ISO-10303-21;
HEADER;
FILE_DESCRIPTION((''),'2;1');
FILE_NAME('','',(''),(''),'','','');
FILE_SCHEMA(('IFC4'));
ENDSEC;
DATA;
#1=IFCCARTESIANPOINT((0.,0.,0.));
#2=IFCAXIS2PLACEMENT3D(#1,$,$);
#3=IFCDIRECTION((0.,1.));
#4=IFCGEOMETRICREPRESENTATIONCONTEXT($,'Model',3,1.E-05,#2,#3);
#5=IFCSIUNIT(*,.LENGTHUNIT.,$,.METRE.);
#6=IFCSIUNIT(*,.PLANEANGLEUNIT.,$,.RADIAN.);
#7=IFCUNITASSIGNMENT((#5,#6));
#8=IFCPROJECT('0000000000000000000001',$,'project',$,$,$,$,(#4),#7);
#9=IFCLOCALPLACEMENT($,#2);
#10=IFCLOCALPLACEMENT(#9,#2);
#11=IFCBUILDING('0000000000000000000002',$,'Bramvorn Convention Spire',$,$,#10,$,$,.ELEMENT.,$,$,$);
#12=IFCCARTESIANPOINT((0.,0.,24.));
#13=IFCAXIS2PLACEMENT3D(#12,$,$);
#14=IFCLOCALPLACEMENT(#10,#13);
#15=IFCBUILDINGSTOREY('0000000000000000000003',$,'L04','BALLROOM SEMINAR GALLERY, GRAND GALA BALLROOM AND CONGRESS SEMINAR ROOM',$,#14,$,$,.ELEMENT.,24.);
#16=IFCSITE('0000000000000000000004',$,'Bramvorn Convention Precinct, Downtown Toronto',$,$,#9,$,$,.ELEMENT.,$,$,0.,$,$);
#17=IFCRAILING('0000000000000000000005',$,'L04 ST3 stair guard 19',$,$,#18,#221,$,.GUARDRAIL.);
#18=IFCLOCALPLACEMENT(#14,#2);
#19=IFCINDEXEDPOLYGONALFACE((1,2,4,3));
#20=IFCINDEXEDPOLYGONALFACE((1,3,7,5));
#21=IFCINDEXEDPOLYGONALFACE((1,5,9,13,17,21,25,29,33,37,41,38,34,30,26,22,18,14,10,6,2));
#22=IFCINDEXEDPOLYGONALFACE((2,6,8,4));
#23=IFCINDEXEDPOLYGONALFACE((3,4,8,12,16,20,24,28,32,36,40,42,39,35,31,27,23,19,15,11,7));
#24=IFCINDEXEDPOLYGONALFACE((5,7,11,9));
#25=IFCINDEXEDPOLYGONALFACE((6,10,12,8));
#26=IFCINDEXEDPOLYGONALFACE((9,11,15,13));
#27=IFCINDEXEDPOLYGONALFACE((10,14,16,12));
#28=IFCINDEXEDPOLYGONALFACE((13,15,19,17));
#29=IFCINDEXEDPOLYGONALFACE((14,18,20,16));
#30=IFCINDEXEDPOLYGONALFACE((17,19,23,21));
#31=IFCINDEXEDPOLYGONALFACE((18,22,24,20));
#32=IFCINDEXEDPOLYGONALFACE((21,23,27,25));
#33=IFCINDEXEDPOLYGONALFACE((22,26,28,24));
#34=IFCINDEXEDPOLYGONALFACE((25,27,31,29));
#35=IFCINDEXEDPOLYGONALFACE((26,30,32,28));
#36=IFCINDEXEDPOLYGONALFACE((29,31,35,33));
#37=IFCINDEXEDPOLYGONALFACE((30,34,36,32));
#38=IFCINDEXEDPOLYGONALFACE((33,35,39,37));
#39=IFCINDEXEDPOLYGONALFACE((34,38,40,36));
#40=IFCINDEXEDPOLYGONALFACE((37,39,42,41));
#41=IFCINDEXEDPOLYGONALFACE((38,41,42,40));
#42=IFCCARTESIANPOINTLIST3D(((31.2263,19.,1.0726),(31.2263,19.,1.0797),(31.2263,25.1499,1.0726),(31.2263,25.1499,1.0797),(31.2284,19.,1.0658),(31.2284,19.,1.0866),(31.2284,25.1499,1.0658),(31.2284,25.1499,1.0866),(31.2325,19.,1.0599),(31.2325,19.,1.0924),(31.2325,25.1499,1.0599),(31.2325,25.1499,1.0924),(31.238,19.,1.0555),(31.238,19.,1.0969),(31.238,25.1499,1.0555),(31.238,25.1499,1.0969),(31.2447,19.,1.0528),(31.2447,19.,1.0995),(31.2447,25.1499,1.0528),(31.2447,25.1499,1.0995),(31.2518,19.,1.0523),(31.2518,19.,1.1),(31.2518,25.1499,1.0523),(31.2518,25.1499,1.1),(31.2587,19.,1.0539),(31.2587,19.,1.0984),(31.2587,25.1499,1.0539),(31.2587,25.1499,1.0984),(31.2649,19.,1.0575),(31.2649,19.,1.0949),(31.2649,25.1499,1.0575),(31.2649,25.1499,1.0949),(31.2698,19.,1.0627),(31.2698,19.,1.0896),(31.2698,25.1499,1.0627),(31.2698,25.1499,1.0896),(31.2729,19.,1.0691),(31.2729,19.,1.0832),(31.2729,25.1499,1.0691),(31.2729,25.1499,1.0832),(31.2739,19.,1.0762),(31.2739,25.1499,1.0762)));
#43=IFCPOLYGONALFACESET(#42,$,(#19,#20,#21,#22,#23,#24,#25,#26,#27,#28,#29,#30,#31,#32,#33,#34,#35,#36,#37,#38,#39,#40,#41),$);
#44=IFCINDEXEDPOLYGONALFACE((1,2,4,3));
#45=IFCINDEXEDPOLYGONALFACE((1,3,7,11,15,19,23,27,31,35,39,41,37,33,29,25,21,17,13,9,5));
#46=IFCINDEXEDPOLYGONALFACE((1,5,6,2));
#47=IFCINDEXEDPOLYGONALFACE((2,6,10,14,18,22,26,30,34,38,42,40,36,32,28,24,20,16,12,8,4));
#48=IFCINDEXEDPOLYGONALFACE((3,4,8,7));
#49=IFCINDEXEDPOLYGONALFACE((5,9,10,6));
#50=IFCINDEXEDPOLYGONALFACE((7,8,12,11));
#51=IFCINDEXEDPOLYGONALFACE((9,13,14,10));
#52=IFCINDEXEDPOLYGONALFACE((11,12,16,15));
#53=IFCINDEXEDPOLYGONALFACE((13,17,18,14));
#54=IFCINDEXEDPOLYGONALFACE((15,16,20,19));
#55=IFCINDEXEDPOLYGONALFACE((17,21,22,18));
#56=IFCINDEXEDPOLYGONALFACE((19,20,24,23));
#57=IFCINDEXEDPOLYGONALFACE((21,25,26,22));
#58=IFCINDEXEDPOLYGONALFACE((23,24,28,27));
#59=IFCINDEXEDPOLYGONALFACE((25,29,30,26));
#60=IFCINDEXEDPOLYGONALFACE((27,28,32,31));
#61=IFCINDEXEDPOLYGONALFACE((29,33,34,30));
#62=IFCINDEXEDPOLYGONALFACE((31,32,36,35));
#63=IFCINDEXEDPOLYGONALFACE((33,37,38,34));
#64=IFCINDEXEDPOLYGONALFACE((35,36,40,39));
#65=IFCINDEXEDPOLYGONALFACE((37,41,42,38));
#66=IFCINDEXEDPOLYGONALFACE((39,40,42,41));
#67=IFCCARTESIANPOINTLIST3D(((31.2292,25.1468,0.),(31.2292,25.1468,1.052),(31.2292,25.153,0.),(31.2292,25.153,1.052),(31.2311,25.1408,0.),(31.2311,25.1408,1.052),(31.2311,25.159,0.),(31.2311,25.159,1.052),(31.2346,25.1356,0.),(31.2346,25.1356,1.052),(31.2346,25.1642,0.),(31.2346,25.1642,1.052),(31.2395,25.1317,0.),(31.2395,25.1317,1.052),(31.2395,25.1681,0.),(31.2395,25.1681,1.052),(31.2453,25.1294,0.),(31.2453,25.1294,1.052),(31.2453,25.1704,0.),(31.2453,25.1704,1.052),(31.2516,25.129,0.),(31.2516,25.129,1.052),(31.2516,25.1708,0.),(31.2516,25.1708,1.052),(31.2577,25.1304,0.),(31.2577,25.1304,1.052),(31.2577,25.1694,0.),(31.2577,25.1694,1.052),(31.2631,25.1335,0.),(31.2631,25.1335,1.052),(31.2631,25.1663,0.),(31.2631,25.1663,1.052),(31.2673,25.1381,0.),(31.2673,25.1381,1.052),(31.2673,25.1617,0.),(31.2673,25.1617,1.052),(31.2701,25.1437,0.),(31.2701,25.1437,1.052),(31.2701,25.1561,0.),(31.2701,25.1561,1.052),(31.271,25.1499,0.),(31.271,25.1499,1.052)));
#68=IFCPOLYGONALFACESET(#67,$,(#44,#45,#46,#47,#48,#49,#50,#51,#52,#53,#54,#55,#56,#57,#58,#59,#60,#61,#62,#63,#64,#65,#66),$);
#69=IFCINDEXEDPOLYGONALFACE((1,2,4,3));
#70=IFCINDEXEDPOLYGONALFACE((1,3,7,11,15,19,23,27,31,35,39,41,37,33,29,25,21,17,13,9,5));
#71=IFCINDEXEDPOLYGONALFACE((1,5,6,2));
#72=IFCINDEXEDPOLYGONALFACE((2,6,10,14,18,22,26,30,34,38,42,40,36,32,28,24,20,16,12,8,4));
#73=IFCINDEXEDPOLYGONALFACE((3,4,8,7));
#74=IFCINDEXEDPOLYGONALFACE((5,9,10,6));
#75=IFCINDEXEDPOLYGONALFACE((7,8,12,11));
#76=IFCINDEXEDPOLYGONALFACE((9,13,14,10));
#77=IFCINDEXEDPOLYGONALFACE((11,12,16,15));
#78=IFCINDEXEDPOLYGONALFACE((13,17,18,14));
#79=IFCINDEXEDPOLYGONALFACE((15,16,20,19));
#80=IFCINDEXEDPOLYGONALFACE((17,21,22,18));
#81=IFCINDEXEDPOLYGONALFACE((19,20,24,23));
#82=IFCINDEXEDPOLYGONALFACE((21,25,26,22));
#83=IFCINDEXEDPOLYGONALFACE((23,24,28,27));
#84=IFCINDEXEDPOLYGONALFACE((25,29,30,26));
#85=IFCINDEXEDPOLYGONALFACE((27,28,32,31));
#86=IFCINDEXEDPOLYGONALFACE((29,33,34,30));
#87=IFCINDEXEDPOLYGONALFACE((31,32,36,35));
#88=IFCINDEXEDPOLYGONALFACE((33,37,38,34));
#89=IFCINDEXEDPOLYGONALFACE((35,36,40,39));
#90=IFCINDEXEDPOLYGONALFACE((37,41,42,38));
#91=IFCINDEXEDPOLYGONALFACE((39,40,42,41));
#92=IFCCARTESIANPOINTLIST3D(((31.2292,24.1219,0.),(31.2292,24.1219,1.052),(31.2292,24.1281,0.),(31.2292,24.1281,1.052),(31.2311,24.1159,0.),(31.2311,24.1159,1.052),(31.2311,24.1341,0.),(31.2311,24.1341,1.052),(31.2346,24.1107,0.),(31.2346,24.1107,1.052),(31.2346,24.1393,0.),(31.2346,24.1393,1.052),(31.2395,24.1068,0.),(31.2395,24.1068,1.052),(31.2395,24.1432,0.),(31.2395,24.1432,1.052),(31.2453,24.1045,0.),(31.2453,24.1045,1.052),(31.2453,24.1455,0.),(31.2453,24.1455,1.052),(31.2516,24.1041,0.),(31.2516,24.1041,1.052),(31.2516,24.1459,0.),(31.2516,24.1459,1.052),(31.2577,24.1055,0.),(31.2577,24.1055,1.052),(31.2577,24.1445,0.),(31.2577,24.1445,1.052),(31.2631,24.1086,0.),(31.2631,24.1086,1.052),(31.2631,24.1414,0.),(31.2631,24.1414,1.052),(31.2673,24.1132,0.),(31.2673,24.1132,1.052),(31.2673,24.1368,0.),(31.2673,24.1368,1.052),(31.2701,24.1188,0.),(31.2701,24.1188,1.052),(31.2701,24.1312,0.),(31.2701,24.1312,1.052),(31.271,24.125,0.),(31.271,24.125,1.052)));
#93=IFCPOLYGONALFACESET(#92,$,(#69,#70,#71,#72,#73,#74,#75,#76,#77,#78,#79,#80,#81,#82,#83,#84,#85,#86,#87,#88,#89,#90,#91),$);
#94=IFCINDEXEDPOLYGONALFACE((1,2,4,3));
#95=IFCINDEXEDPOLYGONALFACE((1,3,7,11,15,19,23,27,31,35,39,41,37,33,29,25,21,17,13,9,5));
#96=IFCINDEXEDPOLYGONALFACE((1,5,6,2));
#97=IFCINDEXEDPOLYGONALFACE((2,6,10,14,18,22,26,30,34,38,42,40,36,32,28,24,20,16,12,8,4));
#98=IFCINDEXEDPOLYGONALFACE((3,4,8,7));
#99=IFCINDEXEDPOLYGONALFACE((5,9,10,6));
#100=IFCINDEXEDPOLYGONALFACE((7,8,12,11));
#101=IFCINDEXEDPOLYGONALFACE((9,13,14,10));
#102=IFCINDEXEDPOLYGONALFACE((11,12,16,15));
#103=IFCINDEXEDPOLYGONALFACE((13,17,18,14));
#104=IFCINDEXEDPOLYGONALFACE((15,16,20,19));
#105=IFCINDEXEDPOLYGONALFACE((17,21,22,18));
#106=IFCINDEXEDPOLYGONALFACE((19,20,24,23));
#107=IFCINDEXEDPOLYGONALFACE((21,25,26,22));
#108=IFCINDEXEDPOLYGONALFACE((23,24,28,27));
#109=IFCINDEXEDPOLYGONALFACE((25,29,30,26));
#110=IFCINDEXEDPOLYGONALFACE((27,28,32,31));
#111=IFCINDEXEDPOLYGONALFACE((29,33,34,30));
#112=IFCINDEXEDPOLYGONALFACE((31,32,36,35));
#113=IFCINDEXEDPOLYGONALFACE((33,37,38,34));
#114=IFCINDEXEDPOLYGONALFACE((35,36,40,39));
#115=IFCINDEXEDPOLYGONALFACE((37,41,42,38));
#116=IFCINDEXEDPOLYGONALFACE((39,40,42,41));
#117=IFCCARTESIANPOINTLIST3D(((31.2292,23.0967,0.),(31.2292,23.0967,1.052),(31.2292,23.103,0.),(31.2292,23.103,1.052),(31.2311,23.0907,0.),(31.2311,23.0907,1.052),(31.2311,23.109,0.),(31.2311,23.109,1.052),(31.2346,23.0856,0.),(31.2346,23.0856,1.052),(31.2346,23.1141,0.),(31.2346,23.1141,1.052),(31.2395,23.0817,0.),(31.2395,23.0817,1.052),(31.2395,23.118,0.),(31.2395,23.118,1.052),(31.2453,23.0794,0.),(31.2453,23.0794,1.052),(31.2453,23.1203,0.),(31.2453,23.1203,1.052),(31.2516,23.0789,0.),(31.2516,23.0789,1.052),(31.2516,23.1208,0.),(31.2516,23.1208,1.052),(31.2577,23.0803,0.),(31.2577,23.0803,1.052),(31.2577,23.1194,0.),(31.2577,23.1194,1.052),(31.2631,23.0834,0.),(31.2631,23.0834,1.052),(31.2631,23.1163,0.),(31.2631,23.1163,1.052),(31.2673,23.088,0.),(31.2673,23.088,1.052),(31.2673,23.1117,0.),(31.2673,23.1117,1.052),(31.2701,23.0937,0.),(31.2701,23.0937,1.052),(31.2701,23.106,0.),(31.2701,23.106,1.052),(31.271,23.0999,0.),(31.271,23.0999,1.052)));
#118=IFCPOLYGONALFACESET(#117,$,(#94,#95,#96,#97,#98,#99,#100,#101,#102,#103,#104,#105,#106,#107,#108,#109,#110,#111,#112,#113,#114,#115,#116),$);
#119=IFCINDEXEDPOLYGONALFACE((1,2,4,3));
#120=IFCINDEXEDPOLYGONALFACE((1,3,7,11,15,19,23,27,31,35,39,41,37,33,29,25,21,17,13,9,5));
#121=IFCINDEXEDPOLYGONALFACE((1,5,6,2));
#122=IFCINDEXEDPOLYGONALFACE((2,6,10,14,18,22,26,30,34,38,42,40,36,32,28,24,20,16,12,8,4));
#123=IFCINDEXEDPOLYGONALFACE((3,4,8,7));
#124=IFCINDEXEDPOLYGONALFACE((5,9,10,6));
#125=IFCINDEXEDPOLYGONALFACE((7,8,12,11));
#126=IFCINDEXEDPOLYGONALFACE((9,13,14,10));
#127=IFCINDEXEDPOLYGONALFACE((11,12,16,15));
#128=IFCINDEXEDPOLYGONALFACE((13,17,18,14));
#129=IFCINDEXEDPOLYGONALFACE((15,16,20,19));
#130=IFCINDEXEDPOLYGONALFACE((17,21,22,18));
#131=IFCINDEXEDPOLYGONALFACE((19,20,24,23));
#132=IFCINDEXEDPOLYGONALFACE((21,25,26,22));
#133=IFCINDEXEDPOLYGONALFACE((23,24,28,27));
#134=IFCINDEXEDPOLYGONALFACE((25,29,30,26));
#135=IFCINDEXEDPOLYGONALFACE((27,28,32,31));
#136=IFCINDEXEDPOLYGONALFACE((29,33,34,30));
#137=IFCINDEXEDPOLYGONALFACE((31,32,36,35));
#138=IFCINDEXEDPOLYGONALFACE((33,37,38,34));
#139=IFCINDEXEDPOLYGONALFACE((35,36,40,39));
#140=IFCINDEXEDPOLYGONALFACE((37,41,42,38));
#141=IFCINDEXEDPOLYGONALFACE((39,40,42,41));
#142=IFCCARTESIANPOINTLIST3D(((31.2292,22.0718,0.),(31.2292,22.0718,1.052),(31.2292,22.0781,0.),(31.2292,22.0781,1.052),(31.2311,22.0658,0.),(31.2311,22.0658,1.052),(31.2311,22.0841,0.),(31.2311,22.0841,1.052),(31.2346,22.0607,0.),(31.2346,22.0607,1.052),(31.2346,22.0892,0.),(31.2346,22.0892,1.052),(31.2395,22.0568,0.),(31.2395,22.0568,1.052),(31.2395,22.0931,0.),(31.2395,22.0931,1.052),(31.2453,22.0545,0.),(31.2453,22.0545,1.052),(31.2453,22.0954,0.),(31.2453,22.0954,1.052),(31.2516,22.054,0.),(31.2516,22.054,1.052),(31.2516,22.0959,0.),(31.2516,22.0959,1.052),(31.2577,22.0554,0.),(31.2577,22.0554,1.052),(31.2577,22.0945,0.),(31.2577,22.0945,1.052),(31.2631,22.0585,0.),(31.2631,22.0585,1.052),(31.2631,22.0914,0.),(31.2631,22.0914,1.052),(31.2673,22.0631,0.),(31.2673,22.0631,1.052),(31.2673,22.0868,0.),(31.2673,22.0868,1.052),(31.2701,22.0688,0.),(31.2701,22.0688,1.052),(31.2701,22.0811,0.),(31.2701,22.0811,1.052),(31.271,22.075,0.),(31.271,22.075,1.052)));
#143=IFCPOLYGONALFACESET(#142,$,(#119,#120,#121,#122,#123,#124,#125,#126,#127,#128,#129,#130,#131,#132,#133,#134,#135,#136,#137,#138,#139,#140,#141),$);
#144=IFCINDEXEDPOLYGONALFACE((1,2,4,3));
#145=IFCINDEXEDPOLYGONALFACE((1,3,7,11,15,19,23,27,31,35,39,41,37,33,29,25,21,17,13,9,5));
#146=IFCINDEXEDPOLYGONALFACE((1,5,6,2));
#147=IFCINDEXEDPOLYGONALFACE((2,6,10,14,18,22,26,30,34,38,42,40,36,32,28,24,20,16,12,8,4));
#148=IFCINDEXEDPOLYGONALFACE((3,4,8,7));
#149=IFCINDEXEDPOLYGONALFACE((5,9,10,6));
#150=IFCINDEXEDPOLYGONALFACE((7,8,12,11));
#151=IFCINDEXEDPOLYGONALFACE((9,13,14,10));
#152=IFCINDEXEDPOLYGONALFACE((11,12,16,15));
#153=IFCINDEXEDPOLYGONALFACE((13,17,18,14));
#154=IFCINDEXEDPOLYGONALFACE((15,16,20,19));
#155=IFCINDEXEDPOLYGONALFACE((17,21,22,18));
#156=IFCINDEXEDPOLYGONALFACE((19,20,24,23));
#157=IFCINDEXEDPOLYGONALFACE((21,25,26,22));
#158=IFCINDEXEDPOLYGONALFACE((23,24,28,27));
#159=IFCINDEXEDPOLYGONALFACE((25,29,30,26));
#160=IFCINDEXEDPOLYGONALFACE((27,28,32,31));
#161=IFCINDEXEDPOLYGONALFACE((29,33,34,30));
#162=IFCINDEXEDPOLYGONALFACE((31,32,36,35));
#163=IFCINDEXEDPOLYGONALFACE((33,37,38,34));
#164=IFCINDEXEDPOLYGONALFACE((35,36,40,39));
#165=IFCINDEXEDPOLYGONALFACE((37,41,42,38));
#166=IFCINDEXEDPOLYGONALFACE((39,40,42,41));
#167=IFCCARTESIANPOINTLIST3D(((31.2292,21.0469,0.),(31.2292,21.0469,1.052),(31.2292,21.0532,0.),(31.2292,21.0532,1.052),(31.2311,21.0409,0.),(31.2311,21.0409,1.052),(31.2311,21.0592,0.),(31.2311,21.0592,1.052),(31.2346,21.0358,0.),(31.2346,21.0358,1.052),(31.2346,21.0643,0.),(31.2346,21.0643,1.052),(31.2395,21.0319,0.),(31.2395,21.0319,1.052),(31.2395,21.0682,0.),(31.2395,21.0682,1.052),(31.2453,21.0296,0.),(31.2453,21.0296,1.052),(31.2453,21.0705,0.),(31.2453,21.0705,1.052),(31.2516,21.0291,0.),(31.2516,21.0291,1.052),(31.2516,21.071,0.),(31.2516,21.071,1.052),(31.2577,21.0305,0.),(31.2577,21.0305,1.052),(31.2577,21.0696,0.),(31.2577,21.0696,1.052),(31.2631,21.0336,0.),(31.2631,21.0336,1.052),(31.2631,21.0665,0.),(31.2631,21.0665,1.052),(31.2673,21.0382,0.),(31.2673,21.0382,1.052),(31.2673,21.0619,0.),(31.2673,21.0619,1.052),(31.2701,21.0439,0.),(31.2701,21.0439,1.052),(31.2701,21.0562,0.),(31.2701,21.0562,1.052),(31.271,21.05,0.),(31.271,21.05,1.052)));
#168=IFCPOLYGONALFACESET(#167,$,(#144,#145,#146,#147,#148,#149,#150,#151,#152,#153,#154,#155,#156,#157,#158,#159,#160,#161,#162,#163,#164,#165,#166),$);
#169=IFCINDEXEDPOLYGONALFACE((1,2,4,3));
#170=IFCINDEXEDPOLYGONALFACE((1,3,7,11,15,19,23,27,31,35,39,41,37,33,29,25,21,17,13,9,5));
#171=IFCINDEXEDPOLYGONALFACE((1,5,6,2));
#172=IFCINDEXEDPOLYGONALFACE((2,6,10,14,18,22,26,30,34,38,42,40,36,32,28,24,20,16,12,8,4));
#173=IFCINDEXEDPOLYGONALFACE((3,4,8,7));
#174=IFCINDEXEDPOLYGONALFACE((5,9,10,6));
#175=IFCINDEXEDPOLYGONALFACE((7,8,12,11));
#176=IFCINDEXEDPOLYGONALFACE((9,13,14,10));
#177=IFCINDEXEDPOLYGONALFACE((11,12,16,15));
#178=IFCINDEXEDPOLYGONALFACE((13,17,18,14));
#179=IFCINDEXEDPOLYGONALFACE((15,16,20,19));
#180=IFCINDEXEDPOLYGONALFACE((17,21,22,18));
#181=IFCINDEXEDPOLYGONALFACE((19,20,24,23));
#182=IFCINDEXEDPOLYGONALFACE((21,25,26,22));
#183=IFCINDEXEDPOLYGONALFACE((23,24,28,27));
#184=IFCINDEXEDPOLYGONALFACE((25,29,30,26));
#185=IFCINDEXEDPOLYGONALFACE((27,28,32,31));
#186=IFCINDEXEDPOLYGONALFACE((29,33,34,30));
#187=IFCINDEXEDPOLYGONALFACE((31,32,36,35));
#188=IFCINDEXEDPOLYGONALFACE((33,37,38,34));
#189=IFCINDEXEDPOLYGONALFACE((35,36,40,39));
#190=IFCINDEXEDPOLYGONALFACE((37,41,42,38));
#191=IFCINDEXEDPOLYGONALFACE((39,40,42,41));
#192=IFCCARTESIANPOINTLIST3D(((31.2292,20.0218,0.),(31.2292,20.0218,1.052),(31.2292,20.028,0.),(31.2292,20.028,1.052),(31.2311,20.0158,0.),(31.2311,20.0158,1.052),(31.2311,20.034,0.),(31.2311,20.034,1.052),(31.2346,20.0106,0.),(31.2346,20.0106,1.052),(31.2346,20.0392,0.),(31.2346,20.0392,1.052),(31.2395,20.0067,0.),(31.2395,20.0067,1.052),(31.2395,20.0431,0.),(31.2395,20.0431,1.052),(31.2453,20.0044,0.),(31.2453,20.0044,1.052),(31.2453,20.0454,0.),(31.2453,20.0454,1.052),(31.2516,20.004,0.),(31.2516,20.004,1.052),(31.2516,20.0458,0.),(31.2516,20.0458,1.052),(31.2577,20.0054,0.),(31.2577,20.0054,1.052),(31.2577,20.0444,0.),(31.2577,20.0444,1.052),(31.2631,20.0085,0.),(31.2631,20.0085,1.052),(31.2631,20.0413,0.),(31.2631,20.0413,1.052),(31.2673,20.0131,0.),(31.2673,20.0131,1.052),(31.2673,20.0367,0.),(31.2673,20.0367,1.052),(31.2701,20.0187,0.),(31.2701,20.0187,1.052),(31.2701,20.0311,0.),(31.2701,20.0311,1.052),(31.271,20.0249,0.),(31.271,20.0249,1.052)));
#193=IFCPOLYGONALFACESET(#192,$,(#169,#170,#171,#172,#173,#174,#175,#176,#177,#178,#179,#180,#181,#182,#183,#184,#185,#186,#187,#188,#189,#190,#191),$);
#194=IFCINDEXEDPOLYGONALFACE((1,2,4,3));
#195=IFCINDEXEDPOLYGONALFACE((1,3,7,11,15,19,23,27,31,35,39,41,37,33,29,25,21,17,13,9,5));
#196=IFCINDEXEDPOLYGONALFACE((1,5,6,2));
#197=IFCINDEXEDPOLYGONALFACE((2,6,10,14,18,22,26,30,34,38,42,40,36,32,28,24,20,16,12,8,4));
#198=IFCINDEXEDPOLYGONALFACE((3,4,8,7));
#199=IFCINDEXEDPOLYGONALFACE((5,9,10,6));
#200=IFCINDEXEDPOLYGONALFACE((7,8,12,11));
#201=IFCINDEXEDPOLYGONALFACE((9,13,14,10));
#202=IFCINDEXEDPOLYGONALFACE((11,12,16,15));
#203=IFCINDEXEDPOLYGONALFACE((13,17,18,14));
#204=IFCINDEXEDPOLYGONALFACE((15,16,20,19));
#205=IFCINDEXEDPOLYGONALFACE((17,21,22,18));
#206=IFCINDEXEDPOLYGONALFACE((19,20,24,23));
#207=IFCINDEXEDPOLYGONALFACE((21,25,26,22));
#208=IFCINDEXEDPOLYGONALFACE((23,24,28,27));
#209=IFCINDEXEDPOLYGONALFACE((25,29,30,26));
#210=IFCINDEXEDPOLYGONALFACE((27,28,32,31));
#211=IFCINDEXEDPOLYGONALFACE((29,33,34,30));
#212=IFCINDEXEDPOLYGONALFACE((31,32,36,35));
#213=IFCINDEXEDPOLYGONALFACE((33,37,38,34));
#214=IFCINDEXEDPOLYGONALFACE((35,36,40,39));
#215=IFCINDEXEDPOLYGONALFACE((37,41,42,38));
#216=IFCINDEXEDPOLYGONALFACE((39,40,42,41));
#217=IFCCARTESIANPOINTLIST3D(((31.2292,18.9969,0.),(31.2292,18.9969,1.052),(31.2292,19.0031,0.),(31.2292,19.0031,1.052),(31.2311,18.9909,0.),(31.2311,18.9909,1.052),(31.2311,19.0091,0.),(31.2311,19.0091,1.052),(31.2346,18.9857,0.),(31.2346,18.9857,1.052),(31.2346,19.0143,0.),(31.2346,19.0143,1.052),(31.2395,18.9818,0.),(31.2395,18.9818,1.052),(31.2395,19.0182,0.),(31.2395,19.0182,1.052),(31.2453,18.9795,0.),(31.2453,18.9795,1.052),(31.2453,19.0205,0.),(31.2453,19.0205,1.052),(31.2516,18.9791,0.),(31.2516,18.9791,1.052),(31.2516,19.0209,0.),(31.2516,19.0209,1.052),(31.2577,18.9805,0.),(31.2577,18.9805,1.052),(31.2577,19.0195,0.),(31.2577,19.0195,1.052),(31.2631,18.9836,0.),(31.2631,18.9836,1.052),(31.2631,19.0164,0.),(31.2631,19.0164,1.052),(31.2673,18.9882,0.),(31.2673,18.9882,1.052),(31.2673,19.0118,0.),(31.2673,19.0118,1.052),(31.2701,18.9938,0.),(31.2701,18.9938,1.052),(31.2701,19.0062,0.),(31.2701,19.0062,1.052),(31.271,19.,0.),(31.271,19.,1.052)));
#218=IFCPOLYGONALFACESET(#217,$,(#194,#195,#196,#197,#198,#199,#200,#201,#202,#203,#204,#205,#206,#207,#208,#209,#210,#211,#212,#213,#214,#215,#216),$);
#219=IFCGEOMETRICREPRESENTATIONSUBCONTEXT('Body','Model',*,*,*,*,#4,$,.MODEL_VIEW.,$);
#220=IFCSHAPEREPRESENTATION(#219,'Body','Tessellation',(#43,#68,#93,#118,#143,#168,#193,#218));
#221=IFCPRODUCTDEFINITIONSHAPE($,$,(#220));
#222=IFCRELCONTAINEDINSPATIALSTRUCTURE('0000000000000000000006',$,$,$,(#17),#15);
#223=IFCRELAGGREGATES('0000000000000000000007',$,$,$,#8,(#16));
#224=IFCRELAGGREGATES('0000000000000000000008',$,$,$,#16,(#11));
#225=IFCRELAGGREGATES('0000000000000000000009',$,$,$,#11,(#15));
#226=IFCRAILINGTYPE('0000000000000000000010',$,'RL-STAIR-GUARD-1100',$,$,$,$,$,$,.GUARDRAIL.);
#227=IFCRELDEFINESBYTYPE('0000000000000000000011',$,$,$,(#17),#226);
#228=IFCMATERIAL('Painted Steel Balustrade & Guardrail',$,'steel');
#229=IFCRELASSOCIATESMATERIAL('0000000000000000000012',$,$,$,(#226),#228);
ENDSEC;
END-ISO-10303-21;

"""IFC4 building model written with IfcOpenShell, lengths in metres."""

from ifc_helpers import new_model, si_unit, direction, frame, origin, origin_2d, place, context, subcontext, project, spatial, circle, extrude, material, type_object, element, save


model = new_model("IFC4")

# Units and contexts
model_context = context("Model", 3, precision=1e-05, world=origin(), true_north=direction((0.0, 1.0)))
body_context = subcontext(model_context, "Body", "Model", "MODEL_VIEW")
ifc_project = project(units=[si_unit("LENGTHUNIT", "METRE"), si_unit("PLANEANGLEUNIT", "RADIAN")], contexts=[model_context])

# Site, building, storey
site_placement = place(None, origin())
site = spatial("IfcSite", under=ifc_project, at=site_placement, Name="Bramvorn Convention Precinct, Downtown Toronto", CompositionType="ELEMENT", RefElevation=0.0)
building_placement = place(site_placement, origin())
building = spatial("IfcBuilding", under=site, at=building_placement, Name="Bramvorn Convention Spire", CompositionType="ELEMENT")
storey_placement = place(building_placement, frame((0.0, 0.0, 24.0)))
storey = spatial("IfcBuildingStorey", under=building, at=storey_placement, Name="L04", Description="BALLROOM SEMINAR GALLERY, GRAND GALA BALLROOM AND CONGRESS SEMINAR ROOM", CompositionType="ELEMENT", Elevation=24.0)

# Railing
ifc_material_1 = material(Name="Painted Steel Balustrade & Guardrail", Category="steel")
railing_type_1 = type_object("IfcRailingType", Name="RL-STAIR-GUARD-1100", PredefinedType="GUARDRAIL", material=ifc_material_1)
railing_1_placement = place(storey_placement, frame((31.25, 25.1499, 0.0)))
element("IfcRailing", 1, at=railing_1_placement, inside=storey, type_object=railing_type_1, Name="L04 ST3 stair guard 19", PredefinedType="GUARDRAIL", context=body_context, shape_type="SweptSolid", body=[
    extrude(circle(Radius=0.0239, at=origin_2d()), frame((0.0, 0.0, 1.0762), z_axis=(0.0, -1.0, 0.0), x_axis=(1.0, 0.0, 0.0)), (0.0, 0.0, 1.0), 6.1499),
    extrude(circle(Radius=0.021, at=origin_2d()), origin(), (0.0, 0.0, 1.0), 1.052),
    extrude(circle(Radius=0.021, at=origin_2d()), frame((0.0, -1.0249, 0.0)), (0.0, 0.0, 1.0), 1.052),
    extrude(circle(Radius=0.021, at=origin_2d()), frame((0.0, -2.05, 0.0)), (0.0, 0.0, 1.0), 1.052),
    extrude(circle(Radius=0.021, at=origin_2d()), frame((0.0, -3.075, 0.0)), (0.0, 0.0, 1.0), 1.052),
    extrude(circle(Radius=0.021, at=origin_2d()), frame((0.0, -4.0999, 0.0)), (0.0, 0.0, 1.0), 1.052),
    extrude(circle(Radius=0.021, at=origin_2d()), frame((0.0, -5.125, 0.0)), (0.0, 0.0, 1.0), 1.052),
    extrude(circle(Radius=0.021, at=origin_2d()), frame((0.0, -6.1499, 0.0)), (0.0, 0.0, 1.0), 1.052),
])

save(model, "model.ifc")
